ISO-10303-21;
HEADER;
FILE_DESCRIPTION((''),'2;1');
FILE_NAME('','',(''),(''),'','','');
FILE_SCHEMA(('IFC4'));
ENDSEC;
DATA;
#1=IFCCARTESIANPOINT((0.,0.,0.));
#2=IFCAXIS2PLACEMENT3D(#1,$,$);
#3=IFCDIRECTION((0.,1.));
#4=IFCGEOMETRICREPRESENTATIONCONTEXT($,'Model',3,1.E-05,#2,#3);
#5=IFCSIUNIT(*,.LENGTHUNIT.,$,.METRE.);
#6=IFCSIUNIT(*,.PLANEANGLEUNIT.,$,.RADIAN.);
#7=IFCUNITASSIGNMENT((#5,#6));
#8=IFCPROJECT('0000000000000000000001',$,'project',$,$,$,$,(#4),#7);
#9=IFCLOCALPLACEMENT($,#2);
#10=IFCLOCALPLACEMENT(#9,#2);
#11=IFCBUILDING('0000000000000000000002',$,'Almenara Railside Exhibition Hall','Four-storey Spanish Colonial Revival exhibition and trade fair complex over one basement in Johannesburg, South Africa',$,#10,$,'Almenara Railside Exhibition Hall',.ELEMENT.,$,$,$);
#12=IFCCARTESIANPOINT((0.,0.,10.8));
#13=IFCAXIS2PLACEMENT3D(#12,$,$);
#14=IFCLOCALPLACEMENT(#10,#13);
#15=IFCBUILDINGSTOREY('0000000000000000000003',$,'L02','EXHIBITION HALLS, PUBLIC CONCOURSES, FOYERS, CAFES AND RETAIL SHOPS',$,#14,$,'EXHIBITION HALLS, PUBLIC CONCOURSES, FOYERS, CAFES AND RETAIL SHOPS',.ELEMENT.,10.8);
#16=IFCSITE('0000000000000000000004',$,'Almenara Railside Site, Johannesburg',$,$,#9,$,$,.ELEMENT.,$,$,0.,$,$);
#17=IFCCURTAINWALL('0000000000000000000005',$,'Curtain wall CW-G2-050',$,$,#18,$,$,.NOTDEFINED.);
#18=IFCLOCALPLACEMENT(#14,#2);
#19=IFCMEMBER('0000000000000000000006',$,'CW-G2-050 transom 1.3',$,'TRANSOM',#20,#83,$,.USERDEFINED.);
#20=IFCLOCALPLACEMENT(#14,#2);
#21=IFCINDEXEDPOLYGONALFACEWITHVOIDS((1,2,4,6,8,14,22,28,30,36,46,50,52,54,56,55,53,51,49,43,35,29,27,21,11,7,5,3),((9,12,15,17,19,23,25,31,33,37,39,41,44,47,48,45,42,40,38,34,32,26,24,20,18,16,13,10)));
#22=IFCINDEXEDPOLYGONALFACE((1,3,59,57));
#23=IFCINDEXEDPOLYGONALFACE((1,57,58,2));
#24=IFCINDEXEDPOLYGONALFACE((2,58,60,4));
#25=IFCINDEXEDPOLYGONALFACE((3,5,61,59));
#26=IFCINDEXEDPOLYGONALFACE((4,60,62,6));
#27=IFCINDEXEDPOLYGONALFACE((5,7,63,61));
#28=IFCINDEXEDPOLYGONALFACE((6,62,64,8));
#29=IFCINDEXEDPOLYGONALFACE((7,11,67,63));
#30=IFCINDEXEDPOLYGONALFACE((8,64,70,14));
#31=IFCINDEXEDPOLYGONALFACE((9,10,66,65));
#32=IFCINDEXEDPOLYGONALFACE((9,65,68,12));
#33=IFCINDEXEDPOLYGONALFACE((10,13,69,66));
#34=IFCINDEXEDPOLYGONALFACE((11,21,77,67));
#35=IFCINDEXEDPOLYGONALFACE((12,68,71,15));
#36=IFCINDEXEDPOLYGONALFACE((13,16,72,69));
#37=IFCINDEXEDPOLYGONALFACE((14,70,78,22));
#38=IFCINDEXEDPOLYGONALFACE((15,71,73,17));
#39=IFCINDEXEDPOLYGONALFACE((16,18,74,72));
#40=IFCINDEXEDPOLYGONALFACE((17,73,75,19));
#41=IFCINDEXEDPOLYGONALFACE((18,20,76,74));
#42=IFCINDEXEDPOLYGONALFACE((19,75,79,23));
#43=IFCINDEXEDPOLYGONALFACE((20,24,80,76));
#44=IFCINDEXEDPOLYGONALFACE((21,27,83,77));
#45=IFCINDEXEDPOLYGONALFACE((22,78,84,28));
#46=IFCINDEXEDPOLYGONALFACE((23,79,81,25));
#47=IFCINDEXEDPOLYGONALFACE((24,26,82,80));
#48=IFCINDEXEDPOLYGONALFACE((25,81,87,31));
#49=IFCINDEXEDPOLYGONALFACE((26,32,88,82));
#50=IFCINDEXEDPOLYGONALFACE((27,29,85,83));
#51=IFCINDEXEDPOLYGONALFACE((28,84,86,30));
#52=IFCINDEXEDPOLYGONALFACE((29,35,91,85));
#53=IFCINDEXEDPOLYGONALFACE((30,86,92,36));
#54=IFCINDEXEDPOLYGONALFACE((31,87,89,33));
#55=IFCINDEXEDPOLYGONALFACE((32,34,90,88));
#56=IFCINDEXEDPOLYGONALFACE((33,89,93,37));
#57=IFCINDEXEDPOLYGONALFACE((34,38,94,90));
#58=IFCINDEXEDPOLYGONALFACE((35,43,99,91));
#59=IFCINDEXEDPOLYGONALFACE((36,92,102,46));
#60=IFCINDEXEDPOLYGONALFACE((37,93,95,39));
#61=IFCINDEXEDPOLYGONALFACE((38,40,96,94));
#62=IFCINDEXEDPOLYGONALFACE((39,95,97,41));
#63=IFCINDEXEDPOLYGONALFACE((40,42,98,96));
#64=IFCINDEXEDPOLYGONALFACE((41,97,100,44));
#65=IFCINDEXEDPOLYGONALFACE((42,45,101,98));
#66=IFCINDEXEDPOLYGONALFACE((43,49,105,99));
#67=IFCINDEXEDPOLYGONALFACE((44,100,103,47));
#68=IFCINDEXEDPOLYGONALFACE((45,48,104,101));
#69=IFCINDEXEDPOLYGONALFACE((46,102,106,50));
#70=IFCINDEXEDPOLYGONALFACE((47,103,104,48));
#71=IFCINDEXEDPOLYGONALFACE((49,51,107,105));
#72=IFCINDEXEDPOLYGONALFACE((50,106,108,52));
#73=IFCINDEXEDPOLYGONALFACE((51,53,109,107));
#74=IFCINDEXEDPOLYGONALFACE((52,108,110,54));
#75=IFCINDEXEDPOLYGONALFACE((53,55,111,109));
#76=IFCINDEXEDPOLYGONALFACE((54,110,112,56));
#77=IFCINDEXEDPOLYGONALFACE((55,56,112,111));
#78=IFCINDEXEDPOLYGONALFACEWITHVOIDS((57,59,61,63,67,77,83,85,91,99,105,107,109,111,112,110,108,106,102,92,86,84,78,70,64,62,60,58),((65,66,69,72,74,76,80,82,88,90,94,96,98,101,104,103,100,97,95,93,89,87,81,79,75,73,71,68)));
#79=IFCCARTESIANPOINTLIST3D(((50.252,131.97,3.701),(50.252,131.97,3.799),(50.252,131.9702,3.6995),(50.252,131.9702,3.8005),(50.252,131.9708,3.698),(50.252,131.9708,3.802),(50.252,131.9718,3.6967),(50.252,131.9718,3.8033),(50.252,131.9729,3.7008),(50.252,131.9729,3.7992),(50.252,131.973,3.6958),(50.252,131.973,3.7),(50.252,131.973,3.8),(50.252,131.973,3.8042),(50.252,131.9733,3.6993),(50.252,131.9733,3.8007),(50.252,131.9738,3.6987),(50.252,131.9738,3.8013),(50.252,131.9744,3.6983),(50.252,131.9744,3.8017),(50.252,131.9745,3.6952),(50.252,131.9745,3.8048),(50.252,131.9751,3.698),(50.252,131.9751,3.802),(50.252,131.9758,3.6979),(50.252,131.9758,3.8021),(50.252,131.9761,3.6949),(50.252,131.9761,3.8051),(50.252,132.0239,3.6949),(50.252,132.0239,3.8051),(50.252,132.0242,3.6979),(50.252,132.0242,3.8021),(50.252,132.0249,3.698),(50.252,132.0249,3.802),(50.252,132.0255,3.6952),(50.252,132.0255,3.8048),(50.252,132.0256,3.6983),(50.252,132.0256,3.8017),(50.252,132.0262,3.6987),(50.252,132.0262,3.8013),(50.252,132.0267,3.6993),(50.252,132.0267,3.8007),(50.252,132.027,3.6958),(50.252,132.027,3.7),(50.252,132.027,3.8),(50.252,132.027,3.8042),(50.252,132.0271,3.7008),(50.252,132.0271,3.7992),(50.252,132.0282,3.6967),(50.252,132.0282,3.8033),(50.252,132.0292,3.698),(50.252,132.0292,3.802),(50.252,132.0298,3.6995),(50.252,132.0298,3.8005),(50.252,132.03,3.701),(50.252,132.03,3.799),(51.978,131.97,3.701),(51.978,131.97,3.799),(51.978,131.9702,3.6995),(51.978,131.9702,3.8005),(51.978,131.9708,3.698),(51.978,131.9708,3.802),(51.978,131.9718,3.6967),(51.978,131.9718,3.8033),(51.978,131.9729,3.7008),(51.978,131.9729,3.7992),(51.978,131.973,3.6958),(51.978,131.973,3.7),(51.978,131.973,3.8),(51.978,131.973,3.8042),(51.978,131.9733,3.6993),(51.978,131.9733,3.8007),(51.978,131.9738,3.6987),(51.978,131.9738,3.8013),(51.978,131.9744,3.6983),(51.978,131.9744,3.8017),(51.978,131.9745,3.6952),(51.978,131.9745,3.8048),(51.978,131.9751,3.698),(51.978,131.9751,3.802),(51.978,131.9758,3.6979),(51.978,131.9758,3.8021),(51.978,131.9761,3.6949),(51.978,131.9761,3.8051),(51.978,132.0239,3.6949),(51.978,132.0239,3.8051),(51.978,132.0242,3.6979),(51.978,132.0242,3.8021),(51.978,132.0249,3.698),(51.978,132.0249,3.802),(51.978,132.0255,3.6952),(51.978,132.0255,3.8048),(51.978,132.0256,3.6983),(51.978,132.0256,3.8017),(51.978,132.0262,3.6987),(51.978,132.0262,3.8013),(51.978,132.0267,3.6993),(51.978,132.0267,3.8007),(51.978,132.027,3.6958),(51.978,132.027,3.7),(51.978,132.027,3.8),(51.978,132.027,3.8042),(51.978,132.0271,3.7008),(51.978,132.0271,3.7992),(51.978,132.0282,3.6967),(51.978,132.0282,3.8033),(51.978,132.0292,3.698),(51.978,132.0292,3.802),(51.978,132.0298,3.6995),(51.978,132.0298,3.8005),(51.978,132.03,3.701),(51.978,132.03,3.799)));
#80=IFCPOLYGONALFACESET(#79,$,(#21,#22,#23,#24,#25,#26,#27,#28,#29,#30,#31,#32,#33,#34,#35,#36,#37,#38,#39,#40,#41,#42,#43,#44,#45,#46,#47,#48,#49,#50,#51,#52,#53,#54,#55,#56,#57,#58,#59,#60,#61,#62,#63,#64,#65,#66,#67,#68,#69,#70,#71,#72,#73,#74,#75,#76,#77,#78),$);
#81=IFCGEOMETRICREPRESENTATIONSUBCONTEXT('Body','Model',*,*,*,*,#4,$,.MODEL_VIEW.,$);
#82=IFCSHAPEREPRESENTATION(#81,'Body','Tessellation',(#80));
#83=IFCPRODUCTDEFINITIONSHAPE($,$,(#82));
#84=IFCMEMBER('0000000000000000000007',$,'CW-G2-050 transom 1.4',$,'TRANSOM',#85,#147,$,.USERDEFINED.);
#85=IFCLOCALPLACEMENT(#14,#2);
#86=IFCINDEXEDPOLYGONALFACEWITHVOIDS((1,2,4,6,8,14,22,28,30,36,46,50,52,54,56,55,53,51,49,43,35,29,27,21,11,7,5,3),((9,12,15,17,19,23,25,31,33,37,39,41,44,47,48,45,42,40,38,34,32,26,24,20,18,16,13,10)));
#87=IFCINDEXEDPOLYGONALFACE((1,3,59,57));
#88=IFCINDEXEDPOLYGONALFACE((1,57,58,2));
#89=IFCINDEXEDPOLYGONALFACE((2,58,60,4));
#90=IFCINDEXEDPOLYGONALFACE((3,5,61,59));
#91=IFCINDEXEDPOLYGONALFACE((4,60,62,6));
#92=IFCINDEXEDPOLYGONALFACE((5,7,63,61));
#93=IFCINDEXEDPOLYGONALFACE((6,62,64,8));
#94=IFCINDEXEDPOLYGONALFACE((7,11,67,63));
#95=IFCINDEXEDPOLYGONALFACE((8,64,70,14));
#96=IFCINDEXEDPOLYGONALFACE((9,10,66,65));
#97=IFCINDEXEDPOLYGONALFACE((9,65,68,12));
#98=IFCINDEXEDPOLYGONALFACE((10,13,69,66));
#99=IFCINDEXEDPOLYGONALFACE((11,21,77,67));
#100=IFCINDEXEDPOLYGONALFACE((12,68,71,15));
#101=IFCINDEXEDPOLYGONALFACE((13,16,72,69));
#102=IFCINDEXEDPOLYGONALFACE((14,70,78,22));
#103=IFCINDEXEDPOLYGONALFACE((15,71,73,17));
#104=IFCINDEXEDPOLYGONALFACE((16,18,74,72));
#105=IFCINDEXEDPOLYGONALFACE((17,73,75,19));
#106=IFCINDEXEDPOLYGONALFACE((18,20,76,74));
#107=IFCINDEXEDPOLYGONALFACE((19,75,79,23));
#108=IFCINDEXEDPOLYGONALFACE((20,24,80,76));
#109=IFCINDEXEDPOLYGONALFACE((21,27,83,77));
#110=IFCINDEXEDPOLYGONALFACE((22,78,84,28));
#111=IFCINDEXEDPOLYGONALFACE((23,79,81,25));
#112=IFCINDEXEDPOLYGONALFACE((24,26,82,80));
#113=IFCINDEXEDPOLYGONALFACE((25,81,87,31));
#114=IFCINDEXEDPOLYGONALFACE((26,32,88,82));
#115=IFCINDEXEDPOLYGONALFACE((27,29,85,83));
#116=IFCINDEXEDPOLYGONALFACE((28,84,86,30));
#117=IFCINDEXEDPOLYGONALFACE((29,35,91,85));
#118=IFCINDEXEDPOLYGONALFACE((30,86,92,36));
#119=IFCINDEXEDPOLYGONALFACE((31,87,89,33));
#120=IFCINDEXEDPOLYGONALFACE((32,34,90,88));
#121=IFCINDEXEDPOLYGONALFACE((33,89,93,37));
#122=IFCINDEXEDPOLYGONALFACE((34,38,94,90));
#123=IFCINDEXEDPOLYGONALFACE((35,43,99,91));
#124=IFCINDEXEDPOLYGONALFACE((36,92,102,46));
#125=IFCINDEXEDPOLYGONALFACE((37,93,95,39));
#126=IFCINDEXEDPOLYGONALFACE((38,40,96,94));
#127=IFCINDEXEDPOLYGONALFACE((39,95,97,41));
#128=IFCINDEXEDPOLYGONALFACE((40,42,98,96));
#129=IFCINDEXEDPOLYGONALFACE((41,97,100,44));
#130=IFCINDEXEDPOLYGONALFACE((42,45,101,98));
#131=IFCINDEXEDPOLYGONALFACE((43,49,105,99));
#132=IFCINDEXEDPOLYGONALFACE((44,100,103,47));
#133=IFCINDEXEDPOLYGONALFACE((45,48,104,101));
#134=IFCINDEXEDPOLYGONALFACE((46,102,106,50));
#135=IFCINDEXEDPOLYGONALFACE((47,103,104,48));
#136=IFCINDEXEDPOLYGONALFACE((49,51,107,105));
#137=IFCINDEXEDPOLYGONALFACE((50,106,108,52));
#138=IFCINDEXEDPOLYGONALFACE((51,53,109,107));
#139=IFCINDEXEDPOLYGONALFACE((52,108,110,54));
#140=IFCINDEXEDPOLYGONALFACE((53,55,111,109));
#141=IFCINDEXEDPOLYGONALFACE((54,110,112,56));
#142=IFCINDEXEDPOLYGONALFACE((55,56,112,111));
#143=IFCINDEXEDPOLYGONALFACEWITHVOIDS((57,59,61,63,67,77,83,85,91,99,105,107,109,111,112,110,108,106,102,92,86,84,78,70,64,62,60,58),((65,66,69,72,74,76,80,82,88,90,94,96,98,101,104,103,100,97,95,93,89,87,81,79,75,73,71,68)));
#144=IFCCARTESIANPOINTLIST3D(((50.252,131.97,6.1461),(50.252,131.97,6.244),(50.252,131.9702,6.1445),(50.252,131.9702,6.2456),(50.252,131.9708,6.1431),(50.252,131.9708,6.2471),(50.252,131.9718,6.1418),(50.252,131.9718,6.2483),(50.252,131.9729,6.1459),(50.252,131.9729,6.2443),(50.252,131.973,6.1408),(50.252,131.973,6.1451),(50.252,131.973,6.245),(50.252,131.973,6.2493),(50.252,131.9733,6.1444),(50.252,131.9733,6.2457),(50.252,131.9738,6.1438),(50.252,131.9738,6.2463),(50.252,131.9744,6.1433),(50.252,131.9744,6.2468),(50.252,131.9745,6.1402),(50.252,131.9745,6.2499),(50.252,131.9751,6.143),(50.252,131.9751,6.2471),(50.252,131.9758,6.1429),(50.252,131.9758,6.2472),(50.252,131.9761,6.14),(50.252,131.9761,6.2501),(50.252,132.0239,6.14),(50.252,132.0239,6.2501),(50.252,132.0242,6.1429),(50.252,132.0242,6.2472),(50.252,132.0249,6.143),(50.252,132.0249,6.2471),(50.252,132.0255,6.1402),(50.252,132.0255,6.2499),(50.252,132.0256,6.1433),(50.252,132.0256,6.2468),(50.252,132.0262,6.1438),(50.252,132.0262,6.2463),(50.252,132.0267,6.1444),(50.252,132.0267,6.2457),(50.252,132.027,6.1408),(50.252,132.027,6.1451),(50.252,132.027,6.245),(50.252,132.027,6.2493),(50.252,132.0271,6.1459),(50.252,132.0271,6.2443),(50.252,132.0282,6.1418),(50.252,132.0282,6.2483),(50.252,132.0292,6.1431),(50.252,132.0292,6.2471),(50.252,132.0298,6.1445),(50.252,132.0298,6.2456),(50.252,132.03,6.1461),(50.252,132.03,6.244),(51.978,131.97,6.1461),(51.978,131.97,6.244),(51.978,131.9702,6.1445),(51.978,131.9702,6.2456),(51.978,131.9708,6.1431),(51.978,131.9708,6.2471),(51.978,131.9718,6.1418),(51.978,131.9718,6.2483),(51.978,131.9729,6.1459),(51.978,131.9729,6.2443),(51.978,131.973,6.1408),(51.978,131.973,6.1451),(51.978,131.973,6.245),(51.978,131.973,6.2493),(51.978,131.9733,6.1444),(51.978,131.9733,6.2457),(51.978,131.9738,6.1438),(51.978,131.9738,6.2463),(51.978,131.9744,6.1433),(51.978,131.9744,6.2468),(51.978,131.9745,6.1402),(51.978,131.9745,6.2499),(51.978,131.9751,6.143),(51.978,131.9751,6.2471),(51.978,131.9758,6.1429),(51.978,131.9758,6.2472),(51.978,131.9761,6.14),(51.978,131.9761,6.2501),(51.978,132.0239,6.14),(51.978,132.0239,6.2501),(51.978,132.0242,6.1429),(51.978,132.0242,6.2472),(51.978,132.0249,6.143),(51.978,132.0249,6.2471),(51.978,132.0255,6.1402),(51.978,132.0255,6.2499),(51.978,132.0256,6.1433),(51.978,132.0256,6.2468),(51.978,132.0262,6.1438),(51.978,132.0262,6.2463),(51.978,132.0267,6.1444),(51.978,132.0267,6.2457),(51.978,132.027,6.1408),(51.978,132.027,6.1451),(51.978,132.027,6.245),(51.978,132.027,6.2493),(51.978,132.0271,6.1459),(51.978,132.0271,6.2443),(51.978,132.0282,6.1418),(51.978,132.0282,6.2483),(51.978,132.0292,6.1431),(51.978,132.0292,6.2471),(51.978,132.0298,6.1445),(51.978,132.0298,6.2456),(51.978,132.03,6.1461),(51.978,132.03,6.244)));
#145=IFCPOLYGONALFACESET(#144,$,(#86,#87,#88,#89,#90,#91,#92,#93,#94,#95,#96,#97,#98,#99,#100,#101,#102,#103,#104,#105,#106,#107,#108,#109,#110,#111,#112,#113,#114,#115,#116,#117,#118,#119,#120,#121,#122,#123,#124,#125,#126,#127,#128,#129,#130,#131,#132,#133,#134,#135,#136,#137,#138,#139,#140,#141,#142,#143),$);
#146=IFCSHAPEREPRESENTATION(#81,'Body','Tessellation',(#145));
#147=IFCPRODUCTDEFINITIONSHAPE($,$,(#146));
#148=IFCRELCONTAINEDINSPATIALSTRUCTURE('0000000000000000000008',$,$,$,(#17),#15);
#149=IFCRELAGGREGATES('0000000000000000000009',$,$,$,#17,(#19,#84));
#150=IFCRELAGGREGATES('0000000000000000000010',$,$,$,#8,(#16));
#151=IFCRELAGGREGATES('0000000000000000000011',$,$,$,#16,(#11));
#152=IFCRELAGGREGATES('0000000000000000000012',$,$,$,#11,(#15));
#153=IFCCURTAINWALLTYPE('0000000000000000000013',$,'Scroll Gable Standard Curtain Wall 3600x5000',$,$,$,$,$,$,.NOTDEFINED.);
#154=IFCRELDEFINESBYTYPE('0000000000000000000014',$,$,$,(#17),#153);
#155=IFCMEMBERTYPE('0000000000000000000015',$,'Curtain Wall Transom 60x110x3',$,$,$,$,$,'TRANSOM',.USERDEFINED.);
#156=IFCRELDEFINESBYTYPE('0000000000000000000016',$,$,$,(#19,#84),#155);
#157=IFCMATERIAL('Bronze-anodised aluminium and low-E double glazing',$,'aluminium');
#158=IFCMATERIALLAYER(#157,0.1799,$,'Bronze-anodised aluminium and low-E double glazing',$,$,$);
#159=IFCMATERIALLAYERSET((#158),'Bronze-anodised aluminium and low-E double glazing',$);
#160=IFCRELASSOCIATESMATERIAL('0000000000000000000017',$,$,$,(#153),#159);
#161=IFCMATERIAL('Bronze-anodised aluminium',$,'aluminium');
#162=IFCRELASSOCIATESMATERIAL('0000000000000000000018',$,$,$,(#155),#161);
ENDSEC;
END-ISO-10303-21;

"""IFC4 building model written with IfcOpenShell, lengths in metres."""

from ifc_helpers import new_model, si_unit, direction, frame, origin, origin_2d, place, context, subcontext, project, spatial, hollow_rectangle, extrude, material, layer, layer_set, material_profile, profile_set, type_object, element, aggregate, save


model = new_model("IFC4")

# Units and contexts
model_context = context("Model", 3, precision=1e-05, world=origin(), true_north=direction((0.0, 1.0)))
body_context = subcontext(model_context, "Body", "Model", "MODEL_VIEW")
ifc_project = project(units=[si_unit("LENGTHUNIT", "METRE"), si_unit("PLANEANGLEUNIT", "RADIAN")], contexts=[model_context])

# Site, building, storey
site_placement = place(None, origin())
site = spatial("IfcSite", under=ifc_project, at=site_placement, Name="Almenara Railside Site, Johannesburg", CompositionType="ELEMENT", RefElevation=0.0)
building_placement = place(site_placement, origin())
building = spatial("IfcBuilding", under=site, at=building_placement, Name="Almenara Railside Exhibition Hall", Description="Four-storey Spanish Colonial Revival exhibition and trade fair complex over one basement in Johannesburg, South Africa", LongName="Almenara Railside Exhibition Hall", CompositionType="ELEMENT")
storey_placement = place(building_placement, frame((0.0, 0.0, 10.8)))
storey = spatial("IfcBuildingStorey", under=building, at=storey_placement, Name="L02", Description="EXHIBITION HALLS, PUBLIC CONCOURSES, FOYERS, CAFES AND RETAIL SHOPS", LongName="EXHIBITION HALLS, PUBLIC CONCOURSES, FOYERS, CAFES AND RETAIL SHOPS", CompositionType="ELEMENT", Elevation=10.8)

# Curtain wall
ifc_material_1 = material(Name="Bronze-anodised aluminium and low-E double glazing", Category="aluminium")
ifc_layer_1 = layer(ifc_material_1, 0.1799, Name="Bronze-anodised aluminium and low-E double glazing")
ifc_layer_set_1 = layer_set([ifc_layer_1], Name="Bronze-anodised aluminium and low-E double glazing")
curtain_wall_type_1 = type_object("IfcCurtainWallType", Name="Scroll Gable Standard Curtain Wall 3600x5000", PredefinedType="NOTDEFINED", material=ifc_layer_set_1)
curtain_wall_1_placement = place(storey_placement, origin())
curtain_wall_1 = element("IfcCurtainWall", 1, at=curtain_wall_1_placement, inside=storey, type_object=curtain_wall_type_1, Name="Curtain wall CW-G2-050", PredefinedType="NOTDEFINED")
ifc_material_2 = material(Name="Bronze-anodised aluminium", Category="aluminium")

# Members
ifc_material_profile_1 = material_profile(ifc_material_2, hollow_rectangle(XDim=0.0601, YDim=0.1101, WallThickness=0.0029, InnerFilletRadius=0.0029, OuterFilletRadius=0.0061, at=origin_2d()), Name="ALU-TRN 60x110x3")
ifc_profile_set_1 = profile_set([ifc_material_profile_1], Name="Bronze-anodised aluminium")
member_type_1 = type_object("IfcMemberType", Name="Curtain Wall Transom 60x110x3", ElementType="TRANSOM", PredefinedType="USERDEFINED", material=ifc_profile_set_1)
member_1_placement = place(storey_placement, frame((50.252, 132.0, 3.75), z_axis=(1.0, 0.0, 0.0), x_axis=(0.0, 1.0, 0.0)))
member_1 = element("IfcMember", 2, at=member_1_placement, type_object=member_type_1, Name="CW-G2-050 transom 1.3", ObjectType="TRANSOM", PredefinedType="USERDEFINED", context=body_context, shape_type="SweptSolid", body=[
    extrude(hollow_rectangle(XDim=0.0601, YDim=0.1101, WallThickness=0.0029, InnerFilletRadius=0.0029, OuterFilletRadius=0.0061, at=origin_2d()), origin(), (0.0, 0.0, 1.0), 1.7261),
])
member_2_placement = place(storey_placement, frame((50.252, 132.0, 6.1951), z_axis=(1.0, 0.0, 0.0), x_axis=(0.0, 1.0, 0.0)))
member_2 = element("IfcMember", 3, at=member_2_placement, type_object=member_type_1, Name="CW-G2-050 transom 1.4", ObjectType="TRANSOM", PredefinedType="USERDEFINED", context=body_context, shape_type="SweptSolid", body=[
    extrude(hollow_rectangle(XDim=0.0601, YDim=0.1101, WallThickness=0.0029, InnerFilletRadius=0.0029, OuterFilletRadius=0.0061, at=origin_2d()), origin(), (0.0, 0.0, 1.0), 1.7261),
])

aggregate(curtain_wall_1, [member_1, member_2])

save(model, "model.ifc")
